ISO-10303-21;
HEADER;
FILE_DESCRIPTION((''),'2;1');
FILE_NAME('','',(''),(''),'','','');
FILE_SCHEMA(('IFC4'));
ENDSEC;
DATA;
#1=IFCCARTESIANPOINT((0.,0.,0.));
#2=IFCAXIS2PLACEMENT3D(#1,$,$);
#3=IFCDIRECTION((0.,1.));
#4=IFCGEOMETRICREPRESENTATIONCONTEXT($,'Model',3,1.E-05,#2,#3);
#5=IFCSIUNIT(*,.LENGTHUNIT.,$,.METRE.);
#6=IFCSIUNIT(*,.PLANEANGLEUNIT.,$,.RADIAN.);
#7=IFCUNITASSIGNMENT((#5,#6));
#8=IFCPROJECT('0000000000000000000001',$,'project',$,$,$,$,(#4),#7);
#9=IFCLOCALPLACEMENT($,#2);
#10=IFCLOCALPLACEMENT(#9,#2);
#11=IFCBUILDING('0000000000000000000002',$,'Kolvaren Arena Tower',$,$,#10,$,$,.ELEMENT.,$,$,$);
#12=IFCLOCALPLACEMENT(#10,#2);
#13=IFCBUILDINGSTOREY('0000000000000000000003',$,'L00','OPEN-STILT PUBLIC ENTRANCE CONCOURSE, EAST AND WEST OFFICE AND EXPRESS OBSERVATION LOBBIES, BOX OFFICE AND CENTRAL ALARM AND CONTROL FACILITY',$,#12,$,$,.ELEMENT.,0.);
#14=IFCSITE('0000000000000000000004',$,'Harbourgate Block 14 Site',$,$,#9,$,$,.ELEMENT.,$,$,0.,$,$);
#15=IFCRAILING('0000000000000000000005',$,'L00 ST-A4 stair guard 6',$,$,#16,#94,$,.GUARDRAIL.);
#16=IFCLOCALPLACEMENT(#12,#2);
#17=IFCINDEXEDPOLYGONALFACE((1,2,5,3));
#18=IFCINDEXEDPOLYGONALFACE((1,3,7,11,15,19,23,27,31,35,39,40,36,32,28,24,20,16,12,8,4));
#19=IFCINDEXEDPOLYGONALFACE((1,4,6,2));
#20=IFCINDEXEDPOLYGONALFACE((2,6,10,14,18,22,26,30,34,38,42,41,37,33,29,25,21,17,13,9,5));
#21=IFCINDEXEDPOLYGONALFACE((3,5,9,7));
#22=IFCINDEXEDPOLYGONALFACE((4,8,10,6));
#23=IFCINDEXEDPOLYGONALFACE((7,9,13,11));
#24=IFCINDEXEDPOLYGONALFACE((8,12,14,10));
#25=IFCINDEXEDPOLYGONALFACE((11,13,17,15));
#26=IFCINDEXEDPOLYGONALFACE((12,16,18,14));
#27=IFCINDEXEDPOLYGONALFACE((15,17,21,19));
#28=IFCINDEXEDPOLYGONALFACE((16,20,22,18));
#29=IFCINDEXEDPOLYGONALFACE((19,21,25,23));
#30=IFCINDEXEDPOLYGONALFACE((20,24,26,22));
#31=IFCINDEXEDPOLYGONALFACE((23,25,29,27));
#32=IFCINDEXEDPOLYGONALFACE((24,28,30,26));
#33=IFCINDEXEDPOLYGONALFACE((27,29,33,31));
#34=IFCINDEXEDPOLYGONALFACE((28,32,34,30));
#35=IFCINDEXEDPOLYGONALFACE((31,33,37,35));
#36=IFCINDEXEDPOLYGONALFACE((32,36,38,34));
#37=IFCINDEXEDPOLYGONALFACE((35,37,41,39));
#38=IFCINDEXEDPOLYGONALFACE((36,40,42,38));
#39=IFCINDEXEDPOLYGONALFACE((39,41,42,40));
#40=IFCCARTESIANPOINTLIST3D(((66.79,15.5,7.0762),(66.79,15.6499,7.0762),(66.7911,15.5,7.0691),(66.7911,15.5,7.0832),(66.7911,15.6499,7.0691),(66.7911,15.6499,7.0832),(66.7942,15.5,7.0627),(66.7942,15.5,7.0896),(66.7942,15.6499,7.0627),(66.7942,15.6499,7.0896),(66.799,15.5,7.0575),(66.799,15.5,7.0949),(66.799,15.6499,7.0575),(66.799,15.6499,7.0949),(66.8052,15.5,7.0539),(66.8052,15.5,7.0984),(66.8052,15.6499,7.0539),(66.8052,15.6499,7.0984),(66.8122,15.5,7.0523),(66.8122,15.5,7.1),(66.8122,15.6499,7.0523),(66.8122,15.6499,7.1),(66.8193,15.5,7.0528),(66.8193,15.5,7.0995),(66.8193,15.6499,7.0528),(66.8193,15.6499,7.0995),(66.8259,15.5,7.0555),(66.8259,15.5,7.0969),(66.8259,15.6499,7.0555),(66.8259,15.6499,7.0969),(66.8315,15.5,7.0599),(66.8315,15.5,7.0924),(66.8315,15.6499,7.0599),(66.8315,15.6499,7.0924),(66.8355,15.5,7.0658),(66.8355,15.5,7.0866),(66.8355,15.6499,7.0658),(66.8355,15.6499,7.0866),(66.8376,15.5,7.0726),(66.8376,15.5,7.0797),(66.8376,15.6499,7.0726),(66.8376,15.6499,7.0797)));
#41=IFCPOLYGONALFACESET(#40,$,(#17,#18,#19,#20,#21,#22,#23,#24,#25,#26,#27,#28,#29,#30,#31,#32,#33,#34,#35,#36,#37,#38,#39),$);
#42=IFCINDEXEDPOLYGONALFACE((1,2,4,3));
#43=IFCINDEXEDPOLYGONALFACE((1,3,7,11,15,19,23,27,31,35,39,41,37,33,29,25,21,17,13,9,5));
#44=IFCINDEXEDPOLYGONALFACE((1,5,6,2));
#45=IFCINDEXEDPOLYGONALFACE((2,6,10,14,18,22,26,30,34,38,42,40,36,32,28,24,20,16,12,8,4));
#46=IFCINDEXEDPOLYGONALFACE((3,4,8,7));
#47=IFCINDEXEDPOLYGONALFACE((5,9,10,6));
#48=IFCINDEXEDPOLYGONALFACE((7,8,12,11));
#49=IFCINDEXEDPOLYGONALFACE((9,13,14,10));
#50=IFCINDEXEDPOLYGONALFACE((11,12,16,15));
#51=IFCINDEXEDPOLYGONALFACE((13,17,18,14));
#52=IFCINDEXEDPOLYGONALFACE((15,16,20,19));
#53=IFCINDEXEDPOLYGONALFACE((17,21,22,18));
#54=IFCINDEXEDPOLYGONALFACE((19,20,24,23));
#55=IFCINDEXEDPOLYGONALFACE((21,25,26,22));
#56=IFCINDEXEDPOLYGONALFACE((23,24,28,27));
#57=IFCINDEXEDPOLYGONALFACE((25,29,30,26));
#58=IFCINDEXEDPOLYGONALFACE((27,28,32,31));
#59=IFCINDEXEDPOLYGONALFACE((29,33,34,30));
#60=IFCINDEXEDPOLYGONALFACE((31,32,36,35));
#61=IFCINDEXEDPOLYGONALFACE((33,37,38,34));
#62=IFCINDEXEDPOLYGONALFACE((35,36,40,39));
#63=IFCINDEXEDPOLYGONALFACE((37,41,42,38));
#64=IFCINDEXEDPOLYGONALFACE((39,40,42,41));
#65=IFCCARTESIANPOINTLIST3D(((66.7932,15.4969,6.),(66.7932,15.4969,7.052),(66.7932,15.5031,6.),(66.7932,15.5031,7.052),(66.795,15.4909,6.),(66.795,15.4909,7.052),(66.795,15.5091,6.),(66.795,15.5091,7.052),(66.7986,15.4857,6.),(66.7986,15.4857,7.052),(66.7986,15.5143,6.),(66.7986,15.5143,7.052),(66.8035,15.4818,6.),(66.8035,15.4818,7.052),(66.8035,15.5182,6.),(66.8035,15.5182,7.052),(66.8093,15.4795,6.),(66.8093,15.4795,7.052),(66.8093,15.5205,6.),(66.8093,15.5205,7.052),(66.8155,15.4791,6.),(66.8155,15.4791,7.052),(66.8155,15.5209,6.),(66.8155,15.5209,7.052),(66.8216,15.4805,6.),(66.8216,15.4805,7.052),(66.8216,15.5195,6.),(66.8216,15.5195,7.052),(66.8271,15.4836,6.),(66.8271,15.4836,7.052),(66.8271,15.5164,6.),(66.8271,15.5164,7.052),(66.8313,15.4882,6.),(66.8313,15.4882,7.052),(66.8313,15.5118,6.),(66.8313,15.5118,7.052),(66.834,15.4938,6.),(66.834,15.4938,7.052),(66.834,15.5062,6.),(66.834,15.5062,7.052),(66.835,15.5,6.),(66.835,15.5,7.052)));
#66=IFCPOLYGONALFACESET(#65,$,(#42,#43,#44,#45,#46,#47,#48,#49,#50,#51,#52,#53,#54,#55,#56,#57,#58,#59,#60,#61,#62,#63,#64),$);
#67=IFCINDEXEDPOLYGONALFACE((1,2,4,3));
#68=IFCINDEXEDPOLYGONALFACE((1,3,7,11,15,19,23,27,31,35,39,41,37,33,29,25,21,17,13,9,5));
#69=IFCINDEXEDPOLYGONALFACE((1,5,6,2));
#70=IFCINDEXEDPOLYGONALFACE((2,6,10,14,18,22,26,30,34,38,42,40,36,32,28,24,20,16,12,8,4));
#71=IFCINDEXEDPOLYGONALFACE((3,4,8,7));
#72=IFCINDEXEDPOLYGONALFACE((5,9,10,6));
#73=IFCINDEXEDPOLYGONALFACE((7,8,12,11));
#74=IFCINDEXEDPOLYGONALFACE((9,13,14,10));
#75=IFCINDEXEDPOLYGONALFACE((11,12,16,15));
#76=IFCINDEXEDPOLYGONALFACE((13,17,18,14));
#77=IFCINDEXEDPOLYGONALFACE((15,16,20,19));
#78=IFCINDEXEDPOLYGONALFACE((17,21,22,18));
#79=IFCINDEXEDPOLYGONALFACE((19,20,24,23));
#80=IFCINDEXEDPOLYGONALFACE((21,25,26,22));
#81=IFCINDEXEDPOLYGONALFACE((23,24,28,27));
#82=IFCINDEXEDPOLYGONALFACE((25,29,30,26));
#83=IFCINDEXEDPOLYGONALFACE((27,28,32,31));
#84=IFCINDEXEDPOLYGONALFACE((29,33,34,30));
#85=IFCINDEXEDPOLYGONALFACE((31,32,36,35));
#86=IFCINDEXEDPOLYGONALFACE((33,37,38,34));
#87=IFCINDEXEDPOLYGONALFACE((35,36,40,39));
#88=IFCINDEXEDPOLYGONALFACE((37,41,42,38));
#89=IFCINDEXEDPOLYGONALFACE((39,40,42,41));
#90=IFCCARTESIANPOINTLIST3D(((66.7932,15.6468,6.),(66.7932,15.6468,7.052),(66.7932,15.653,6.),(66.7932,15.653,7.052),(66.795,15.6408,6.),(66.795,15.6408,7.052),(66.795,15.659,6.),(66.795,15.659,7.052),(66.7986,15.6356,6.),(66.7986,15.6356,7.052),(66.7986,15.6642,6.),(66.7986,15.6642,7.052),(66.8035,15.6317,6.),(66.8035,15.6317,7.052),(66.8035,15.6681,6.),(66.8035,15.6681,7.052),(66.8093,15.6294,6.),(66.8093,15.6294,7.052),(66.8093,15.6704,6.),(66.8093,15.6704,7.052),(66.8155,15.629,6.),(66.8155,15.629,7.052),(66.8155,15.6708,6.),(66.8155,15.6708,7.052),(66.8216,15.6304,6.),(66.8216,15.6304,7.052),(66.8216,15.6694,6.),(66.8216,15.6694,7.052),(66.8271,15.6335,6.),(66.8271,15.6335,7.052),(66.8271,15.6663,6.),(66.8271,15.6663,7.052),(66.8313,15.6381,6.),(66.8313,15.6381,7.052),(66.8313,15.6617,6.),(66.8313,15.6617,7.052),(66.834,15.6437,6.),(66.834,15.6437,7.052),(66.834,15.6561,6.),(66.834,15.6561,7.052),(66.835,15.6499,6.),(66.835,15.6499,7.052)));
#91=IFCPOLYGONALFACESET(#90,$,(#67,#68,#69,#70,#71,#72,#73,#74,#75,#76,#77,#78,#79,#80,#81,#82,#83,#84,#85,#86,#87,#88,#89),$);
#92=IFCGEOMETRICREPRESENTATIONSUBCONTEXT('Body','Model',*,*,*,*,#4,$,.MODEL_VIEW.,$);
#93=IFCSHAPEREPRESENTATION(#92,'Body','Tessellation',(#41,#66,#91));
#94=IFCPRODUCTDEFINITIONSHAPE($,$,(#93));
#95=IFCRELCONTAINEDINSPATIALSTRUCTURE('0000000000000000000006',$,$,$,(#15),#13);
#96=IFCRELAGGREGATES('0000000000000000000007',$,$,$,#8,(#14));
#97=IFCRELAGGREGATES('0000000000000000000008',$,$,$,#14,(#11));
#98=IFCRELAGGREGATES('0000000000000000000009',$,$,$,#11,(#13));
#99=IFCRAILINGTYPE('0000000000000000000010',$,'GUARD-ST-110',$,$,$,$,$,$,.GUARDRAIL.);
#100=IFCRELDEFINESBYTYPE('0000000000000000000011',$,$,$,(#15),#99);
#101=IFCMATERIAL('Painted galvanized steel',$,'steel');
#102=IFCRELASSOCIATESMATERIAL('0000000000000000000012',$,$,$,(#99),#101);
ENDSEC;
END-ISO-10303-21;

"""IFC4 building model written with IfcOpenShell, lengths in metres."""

from ifc_helpers import new_model, si_unit, direction, frame, origin, origin_2d, place, context, subcontext, project, spatial, circle, extrude, material, type_object, element, save


model = new_model("IFC4")

# Units and contexts
model_context = context("Model", 3, precision=1e-05, world=origin(), true_north=direction((0.0, 1.0)))
body_context = subcontext(model_context, "Body", "Model", "MODEL_VIEW")
ifc_project = project(units=[si_unit("LENGTHUNIT", "METRE"), si_unit("PLANEANGLEUNIT", "RADIAN")], contexts=[model_context])

# Site, building, storey
site_placement = place(None, origin())
site = spatial("IfcSite", under=ifc_project, at=site_placement, Name="Harbourgate Block 14 Site", CompositionType="ELEMENT", RefElevation=0.0)
building_placement = place(site_placement, origin())
building = spatial("IfcBuilding", under=site, at=building_placement, Name="Kolvaren Arena Tower", CompositionType="ELEMENT")
storey_placement = place(building_placement, origin())
storey = spatial("IfcBuildingStorey", under=building, at=storey_placement, Name="L00", Description="OPEN-STILT PUBLIC ENTRANCE CONCOURSE, EAST AND WEST OFFICE AND EXPRESS OBSERVATION LOBBIES, BOX OFFICE AND CENTRAL ALARM AND CONTROL FACILITY", CompositionType="ELEMENT", Elevation=0.0)

# Railing
ifc_material_1 = material(Name="Painted galvanized steel", Category="steel")
railing_type_1 = type_object("IfcRailingType", Name="GUARD-ST-110", PredefinedType="GUARDRAIL", material=ifc_material_1)
railing_1_placement = place(storey_placement, frame((66.814, 15.5, 6.0)))
element("IfcRailing", 1, at=railing_1_placement, inside=storey, type_object=railing_type_1, Name="L00 ST-A4 stair guard 6", PredefinedType="GUARDRAIL", context=body_context, shape_type="SweptSolid", body=[
    extrude(circle(Radius=0.0239, at=origin_2d()), frame((0.0, 0.0, 1.0762), z_axis=(0.0, 1.0, 0.0), x_axis=(-1.0, 0.0, 0.0)), (0.0, 0.0, 1.0), 0.1499),
    extrude(circle(Radius=0.021, at=origin_2d()), origin(), (0.0, 0.0, 1.0), 1.052),
    extrude(circle(Radius=0.021, at=origin_2d()), frame((0.0, 0.1499, 0.0)), (0.0, 0.0, 1.0), 1.052),
])

save(model, "model.ifc")
